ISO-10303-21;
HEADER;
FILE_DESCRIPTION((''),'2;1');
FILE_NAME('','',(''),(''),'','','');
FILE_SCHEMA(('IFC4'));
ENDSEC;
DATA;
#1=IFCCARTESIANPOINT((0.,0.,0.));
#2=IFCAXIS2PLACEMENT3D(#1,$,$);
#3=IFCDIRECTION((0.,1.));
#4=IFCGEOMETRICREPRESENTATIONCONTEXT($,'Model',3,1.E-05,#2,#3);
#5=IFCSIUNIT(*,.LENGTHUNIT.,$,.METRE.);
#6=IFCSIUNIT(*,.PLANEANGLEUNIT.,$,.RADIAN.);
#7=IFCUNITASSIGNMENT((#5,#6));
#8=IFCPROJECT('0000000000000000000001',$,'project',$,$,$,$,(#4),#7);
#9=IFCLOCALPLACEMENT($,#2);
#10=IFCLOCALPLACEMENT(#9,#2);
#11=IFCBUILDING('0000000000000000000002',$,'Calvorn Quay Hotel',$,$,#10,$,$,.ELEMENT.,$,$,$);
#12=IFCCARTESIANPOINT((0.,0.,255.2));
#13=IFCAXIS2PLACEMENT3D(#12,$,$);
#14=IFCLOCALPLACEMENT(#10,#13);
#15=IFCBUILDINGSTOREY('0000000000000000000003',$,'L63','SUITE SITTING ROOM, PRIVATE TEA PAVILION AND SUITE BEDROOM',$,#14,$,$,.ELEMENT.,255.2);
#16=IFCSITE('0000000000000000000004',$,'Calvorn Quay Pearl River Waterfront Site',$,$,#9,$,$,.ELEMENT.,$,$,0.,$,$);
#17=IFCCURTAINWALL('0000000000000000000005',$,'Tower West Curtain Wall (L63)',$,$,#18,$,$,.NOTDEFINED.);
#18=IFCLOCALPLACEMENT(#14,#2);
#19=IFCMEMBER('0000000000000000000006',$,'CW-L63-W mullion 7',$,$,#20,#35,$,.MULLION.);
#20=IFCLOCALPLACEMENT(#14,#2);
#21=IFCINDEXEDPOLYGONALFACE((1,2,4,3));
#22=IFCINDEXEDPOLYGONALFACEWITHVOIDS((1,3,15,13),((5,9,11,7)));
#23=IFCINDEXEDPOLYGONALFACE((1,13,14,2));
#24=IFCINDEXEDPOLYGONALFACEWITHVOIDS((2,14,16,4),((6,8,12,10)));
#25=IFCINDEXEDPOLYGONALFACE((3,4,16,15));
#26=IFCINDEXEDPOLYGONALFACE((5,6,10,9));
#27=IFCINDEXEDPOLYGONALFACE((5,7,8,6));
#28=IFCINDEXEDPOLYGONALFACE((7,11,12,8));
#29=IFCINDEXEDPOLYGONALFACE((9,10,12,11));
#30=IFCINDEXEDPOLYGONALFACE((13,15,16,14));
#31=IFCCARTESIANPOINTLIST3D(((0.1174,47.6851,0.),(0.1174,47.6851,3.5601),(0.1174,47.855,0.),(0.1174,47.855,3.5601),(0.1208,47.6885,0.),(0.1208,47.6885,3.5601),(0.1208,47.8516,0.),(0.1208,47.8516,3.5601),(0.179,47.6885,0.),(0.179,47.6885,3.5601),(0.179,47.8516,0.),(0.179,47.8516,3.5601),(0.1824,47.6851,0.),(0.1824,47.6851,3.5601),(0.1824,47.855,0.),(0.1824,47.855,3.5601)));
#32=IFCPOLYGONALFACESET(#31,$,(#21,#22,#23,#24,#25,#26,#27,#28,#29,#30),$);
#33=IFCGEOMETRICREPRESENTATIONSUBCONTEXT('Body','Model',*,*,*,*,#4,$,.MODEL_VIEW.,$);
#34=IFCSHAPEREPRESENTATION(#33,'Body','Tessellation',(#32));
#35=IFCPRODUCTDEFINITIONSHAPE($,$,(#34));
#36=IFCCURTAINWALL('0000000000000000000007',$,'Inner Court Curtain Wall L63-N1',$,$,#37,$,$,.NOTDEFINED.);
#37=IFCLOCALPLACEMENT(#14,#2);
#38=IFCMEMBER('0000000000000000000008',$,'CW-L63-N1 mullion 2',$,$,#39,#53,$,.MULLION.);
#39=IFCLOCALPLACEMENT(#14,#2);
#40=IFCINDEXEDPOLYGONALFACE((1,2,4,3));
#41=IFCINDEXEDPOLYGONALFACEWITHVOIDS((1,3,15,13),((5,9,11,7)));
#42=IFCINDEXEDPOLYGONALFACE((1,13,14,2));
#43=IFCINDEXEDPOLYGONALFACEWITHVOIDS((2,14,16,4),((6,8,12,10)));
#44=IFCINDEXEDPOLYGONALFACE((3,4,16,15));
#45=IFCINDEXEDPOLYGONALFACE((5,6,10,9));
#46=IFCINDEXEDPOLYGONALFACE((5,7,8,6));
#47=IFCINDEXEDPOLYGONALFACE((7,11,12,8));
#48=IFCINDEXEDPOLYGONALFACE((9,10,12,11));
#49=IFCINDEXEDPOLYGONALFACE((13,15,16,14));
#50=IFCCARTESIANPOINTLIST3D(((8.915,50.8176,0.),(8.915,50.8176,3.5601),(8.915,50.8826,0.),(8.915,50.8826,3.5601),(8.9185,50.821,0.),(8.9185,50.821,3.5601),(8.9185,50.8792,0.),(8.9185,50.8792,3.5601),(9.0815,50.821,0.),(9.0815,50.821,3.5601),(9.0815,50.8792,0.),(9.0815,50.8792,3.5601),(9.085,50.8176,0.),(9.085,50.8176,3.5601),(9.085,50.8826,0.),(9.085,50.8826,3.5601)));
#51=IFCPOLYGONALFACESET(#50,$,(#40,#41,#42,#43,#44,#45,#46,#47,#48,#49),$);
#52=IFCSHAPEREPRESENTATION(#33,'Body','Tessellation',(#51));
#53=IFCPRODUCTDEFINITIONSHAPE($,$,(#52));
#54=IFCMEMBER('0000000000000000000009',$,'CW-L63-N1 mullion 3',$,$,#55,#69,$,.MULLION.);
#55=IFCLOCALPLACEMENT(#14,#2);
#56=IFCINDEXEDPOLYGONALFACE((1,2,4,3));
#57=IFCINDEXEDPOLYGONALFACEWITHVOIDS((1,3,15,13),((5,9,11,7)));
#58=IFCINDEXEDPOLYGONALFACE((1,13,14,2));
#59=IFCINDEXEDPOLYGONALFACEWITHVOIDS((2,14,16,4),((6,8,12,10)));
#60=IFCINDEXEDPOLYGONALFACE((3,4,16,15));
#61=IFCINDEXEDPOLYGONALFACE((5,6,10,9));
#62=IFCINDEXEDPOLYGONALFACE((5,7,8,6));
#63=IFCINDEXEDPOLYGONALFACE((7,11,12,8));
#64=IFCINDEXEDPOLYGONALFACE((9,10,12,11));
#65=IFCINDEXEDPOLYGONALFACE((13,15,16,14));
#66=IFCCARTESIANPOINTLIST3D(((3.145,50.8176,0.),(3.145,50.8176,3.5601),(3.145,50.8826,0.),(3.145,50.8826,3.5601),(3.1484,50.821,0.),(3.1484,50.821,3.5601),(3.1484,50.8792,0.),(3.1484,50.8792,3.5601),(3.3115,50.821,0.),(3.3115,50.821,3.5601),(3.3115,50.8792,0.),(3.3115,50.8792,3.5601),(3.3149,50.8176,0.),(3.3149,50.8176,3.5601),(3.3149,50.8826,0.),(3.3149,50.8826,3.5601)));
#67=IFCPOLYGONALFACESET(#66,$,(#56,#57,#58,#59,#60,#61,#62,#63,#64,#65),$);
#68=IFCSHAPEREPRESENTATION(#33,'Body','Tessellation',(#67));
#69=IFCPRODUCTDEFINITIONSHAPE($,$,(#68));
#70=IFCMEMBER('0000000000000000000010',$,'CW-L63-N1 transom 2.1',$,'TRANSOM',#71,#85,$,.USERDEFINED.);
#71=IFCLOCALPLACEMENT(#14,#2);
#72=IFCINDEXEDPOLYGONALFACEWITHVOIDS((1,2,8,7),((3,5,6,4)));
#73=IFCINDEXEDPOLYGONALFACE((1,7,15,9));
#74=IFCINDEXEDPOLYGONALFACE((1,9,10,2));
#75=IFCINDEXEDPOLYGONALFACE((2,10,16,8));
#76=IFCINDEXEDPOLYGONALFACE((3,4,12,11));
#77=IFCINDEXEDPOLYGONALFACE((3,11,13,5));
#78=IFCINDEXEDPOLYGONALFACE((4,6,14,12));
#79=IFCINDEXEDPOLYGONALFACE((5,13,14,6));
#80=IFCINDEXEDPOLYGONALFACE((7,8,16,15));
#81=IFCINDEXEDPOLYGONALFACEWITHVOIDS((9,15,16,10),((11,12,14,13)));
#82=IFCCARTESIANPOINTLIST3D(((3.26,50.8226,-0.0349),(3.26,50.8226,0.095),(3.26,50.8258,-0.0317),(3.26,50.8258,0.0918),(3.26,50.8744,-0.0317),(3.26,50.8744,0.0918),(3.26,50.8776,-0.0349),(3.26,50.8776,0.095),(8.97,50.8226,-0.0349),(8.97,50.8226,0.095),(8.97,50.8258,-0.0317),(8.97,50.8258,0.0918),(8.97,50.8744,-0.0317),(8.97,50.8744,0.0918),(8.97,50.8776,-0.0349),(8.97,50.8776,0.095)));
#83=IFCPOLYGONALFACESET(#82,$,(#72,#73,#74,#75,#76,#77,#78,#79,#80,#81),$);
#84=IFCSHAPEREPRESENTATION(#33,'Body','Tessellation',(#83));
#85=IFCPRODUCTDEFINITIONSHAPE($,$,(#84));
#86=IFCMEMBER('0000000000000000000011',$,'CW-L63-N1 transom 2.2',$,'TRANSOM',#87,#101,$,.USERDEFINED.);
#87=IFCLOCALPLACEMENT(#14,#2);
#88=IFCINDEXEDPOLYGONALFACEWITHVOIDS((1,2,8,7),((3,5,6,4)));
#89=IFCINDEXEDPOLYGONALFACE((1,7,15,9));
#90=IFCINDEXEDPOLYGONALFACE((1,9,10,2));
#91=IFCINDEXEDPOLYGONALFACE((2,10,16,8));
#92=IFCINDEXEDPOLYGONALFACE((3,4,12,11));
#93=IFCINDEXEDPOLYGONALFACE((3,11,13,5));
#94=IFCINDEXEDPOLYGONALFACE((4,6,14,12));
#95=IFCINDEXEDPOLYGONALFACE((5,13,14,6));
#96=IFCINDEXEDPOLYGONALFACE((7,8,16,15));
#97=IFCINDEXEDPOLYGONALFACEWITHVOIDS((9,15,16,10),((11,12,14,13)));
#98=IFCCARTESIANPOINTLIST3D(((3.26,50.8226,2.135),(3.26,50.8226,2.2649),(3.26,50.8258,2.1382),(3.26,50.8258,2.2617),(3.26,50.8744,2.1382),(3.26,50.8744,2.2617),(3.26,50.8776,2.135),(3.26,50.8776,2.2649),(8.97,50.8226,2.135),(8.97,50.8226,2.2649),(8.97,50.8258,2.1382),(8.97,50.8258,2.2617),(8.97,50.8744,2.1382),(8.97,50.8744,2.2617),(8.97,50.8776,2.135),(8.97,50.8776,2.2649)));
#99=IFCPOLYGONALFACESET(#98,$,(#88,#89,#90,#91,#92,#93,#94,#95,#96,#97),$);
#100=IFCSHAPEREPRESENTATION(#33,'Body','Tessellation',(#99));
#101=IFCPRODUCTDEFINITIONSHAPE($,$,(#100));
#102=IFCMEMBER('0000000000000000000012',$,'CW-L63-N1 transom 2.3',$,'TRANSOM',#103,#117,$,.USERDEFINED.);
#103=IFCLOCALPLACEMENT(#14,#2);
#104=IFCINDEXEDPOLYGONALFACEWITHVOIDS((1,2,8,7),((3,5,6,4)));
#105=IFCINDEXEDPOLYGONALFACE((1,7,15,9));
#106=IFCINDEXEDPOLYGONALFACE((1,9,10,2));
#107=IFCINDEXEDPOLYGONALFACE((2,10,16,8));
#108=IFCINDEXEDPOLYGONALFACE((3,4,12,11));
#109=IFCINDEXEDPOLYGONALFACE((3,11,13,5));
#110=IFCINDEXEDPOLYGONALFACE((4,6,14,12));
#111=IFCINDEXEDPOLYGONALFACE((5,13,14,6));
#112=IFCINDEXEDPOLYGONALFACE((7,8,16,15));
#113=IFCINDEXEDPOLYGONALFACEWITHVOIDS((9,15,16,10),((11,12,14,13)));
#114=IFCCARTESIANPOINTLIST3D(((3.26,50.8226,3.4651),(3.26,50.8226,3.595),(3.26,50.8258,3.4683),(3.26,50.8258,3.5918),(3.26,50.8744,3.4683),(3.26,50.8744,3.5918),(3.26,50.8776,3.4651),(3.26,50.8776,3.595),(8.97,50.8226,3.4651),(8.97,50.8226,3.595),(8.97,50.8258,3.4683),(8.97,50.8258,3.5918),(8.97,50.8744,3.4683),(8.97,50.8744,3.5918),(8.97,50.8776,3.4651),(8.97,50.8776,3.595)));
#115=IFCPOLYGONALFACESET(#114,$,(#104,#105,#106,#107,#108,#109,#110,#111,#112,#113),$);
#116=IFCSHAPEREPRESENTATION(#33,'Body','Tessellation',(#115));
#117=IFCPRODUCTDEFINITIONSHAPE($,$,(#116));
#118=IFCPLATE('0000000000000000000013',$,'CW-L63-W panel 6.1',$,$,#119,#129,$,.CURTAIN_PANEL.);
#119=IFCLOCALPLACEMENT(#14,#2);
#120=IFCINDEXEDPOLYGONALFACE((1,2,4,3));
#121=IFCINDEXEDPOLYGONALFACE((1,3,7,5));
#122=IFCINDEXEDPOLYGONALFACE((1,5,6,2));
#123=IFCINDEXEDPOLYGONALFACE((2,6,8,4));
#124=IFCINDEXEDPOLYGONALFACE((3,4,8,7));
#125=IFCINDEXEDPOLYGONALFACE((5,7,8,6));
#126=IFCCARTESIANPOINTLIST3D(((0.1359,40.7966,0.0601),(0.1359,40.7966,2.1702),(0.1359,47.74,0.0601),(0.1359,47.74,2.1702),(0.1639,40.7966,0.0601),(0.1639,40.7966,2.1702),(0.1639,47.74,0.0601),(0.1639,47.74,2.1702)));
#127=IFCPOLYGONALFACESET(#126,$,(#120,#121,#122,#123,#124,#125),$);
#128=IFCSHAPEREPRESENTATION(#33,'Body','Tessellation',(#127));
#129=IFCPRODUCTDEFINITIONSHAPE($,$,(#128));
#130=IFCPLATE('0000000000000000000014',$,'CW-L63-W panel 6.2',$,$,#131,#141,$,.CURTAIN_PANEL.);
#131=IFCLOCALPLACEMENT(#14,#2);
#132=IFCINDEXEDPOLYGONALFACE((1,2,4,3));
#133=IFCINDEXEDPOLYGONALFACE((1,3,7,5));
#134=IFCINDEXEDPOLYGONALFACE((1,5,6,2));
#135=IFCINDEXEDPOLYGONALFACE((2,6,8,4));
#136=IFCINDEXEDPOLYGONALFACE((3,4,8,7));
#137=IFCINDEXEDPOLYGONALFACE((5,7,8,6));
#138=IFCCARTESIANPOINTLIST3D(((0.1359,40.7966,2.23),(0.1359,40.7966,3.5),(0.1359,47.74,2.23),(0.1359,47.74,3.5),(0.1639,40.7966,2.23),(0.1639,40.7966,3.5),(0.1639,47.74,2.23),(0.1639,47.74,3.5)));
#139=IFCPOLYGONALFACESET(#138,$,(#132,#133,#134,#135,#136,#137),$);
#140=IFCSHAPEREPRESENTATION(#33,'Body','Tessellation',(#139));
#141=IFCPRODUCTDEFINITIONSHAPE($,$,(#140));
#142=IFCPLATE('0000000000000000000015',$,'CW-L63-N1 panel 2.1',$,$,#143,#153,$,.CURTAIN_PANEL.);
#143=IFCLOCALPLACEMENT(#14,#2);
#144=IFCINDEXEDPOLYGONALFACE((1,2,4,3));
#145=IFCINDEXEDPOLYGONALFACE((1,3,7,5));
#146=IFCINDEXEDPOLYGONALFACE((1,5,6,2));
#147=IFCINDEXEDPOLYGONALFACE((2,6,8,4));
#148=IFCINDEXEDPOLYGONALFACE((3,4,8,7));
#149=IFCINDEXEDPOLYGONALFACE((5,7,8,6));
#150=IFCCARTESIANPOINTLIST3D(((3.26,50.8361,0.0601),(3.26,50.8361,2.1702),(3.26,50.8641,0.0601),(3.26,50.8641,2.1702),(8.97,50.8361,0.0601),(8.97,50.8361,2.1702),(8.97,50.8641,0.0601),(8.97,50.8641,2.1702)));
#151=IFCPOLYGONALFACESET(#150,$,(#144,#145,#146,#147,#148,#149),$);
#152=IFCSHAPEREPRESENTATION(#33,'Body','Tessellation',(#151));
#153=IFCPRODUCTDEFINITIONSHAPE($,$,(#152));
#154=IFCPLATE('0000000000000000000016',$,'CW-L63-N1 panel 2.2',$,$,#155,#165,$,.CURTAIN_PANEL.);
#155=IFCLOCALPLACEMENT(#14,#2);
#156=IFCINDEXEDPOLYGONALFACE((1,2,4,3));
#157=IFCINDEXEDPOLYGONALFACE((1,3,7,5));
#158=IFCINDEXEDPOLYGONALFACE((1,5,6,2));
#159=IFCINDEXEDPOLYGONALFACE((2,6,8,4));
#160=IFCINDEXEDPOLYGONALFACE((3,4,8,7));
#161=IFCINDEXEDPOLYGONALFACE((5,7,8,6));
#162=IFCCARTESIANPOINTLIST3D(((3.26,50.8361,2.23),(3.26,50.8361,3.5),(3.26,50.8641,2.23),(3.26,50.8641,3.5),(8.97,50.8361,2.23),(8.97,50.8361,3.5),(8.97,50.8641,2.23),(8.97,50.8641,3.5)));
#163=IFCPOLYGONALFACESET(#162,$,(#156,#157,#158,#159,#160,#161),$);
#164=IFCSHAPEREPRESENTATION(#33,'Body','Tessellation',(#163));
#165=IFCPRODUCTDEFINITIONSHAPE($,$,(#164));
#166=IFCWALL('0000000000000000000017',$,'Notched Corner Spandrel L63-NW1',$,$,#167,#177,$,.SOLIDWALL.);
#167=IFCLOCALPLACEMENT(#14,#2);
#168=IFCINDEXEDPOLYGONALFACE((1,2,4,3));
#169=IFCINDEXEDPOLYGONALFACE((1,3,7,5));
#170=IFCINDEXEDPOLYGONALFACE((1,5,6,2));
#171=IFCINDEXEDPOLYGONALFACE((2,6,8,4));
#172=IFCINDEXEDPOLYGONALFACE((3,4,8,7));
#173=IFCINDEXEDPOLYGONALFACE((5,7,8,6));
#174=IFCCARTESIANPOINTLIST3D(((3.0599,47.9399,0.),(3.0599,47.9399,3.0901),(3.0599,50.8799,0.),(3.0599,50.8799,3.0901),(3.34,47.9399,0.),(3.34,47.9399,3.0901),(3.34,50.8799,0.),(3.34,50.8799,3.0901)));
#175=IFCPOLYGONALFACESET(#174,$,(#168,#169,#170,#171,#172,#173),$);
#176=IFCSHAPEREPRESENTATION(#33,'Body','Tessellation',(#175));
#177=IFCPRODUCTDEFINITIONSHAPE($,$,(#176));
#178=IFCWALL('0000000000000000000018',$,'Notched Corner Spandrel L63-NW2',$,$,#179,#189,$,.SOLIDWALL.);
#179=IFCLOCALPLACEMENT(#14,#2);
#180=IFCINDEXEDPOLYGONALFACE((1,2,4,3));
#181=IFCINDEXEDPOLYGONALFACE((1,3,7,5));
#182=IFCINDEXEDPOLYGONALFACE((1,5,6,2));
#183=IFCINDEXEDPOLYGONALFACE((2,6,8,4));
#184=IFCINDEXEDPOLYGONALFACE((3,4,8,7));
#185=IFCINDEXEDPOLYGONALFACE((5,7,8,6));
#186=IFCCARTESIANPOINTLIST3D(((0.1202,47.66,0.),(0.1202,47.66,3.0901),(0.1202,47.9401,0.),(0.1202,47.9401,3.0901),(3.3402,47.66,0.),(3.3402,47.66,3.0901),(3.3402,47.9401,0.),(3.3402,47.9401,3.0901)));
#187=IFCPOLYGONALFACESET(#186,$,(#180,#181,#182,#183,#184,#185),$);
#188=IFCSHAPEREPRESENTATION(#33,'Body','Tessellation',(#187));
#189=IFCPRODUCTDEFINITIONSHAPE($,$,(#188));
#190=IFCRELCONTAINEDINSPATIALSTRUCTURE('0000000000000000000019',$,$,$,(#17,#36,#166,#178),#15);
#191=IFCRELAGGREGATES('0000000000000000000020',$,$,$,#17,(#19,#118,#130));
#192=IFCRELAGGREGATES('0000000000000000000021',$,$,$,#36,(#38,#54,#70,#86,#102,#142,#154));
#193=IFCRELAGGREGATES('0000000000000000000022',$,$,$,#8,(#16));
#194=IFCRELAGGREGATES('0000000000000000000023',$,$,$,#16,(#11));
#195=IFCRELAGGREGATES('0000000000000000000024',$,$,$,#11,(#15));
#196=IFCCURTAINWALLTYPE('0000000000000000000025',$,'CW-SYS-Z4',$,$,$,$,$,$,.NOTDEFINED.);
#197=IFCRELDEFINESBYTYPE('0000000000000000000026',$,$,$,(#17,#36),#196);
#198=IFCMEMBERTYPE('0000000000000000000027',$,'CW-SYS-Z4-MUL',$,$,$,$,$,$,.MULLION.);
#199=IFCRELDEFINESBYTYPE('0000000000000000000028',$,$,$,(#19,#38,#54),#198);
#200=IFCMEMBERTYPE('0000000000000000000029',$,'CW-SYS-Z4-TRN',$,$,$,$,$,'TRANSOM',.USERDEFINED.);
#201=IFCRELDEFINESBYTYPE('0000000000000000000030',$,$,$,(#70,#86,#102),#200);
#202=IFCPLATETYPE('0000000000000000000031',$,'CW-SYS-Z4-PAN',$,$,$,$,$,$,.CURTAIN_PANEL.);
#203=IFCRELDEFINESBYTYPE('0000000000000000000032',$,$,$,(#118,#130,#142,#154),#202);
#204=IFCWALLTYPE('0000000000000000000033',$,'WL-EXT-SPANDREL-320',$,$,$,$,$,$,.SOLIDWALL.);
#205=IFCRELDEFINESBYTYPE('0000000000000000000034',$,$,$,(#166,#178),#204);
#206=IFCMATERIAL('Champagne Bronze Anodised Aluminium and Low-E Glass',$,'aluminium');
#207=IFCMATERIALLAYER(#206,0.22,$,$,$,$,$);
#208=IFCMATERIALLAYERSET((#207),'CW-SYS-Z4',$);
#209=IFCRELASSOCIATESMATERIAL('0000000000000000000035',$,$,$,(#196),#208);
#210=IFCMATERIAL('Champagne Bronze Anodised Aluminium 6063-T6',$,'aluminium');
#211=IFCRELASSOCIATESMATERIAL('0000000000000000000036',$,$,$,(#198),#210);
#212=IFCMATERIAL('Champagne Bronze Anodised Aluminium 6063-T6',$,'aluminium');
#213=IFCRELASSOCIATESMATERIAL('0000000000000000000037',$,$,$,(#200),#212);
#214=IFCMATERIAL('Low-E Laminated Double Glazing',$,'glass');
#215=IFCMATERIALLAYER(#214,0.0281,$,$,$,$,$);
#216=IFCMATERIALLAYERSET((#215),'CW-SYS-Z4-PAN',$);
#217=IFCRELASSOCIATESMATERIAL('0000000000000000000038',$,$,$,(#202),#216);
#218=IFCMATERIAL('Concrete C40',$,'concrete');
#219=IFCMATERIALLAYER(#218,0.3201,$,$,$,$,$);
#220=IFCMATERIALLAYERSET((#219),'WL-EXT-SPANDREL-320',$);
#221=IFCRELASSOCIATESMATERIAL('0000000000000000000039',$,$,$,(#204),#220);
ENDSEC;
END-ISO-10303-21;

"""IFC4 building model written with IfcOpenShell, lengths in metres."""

from ifc_helpers import new_model, si_unit, direction, frame, frame_2d, origin, origin_2d, place, context, subcontext, project, spatial, rectangle, hollow_rectangle, extrude, material, layer, layer_set, material_profile, profile_set, type_object, element, aggregate, save


model = new_model("IFC4")

# Units and contexts
model_context = context("Model", 3, precision=1e-05, world=origin(), true_north=direction((0.0, 1.0)))
body_context = subcontext(model_context, "Body", "Model", "MODEL_VIEW")
ifc_project = project(units=[si_unit("LENGTHUNIT", "METRE"), si_unit("PLANEANGLEUNIT", "RADIAN")], contexts=[model_context])

# Site, building, storey
site_placement = place(None, origin())
site = spatial("IfcSite", under=ifc_project, at=site_placement, Name="Calvorn Quay Pearl River Waterfront Site", CompositionType="ELEMENT", RefElevation=0.0)
building_placement = place(site_placement, origin())
building = spatial("IfcBuilding", under=site, at=building_placement, Name="Calvorn Quay Hotel", CompositionType="ELEMENT")
storey_placement = place(building_placement, frame((0.0, 0.0, 255.2)))
storey = spatial("IfcBuildingStorey", under=building, at=storey_placement, Name="L63", Description="SUITE SITTING ROOM, PRIVATE TEA PAVILION AND SUITE BEDROOM", CompositionType="ELEMENT", Elevation=255.2)

# Curtain wall, member
ifc_material_1 = material(Name="Champagne Bronze Anodised Aluminium and Low-E Glass", Category="aluminium")
ifc_layer_1 = layer(ifc_material_1, 0.22)
ifc_layer_set_1 = layer_set([ifc_layer_1], Name="CW-SYS-Z4")
curtain_wall_type = type_object("IfcCurtainWallType", Name="CW-SYS-Z4", PredefinedType="NOTDEFINED", material=ifc_layer_set_1)
curtain_wall_1_placement = place(storey_placement, origin())
curtain_wall_1 = element("IfcCurtainWall", 1, at=curtain_wall_1_placement, inside=storey, type_object=curtain_wall_type, Name="Tower West Curtain Wall (L63)", PredefinedType="NOTDEFINED")
ifc_material_2 = material(Name="Champagne Bronze Anodised Aluminium 6063-T6", Category="aluminium")
ifc_material_profile_1 = material_profile(ifc_material_2, hollow_rectangle(XDim=0.0649, YDim=0.1699, WallThickness=0.0034, at=origin_2d()), Name="ALU-M170x65x3.5")
ifc_profile_set_1 = profile_set([ifc_material_profile_1], Name="Champagne Bronze Anodised Aluminium 6063-T6")
member_type_1 = type_object("IfcMemberType", Name="CW-SYS-Z4-MUL", PredefinedType="MULLION", material=ifc_profile_set_1)
member_1_placement = place(storey_placement, frame((0.1499, 47.77, 0.0), z_axis=(0.0, 0.0, 1.0), x_axis=(-1.0, 0.0, 0.0)))
member_1 = element("IfcMember", 2, at=member_1_placement, type_object=member_type_1, Name="CW-L63-W mullion 7", PredefinedType="MULLION", context=body_context, shape_type="SweptSolid", body=[
    extrude(hollow_rectangle(XDim=0.0649, YDim=0.1699, WallThickness=0.0034, at=origin_2d()), origin(), (0.0, 0.0, 1.0), 3.5601),
])

# Curtain wall, members
curtain_wall_2_placement = place(storey_placement, origin())
curtain_wall_2 = element("IfcCurtainWall", 3, at=curtain_wall_2_placement, inside=storey, type_object=curtain_wall_type, Name="Inner Court Curtain Wall L63-N1", PredefinedType="NOTDEFINED")
member_2_placement = place(storey_placement, frame((9.0, 50.8501, 0.0), z_axis=(0.0, 0.0, 1.0), x_axis=(0.0, -1.0, 0.0)))
member_2 = element("IfcMember", 4, at=member_2_placement, type_object=member_type_1, Name="CW-L63-N1 mullion 2", PredefinedType="MULLION", context=body_context, shape_type="SweptSolid", body=[
    extrude(hollow_rectangle(XDim=0.0649, YDim=0.1699, WallThickness=0.0034, at=origin_2d()), origin(), (0.0, 0.0, 1.0), 3.5601),
])
member_3_placement = place(storey_placement, frame((3.23, 50.8501, 0.0), z_axis=(0.0, 0.0, 1.0), x_axis=(0.0, -1.0, 0.0)))
member_3 = element("IfcMember", 5, at=member_3_placement, type_object=member_type_1, Name="CW-L63-N1 mullion 3", PredefinedType="MULLION", context=body_context, shape_type="SweptSolid", body=[
    extrude(hollow_rectangle(XDim=0.0649, YDim=0.1699, WallThickness=0.0034, at=origin_2d()), origin(), (0.0, 0.0, 1.0), 3.5601),
])
ifc_material_3 = material(Name="Champagne Bronze Anodised Aluminium 6063-T6", Category="aluminium")
ifc_material_profile_2 = material_profile(ifc_material_3, hollow_rectangle(XDim=0.0549, YDim=0.1299, WallThickness=0.0032, at=origin_2d()), Name="ALU-T130x55x3.2")
ifc_profile_set_2 = profile_set([ifc_material_profile_2], Name="Champagne Bronze Anodised Aluminium 6063-T6")
member_type_2 = type_object("IfcMemberType", Name="CW-SYS-Z4-TRN", ElementType="TRANSOM", PredefinedType="USERDEFINED", material=ifc_profile_set_2)
member_4_placement = place(storey_placement, frame((8.97, 50.8501, 0.03), z_axis=(-1.0, 0.0, 0.0), x_axis=(0.0, -1.0, 0.0)))
member_4 = element("IfcMember", 6, at=member_4_placement, type_object=member_type_2, Name="CW-L63-N1 transom 2.1", ObjectType="TRANSOM", PredefinedType="USERDEFINED", context=body_context, shape_type="SweptSolid", body=[
    extrude(hollow_rectangle(XDim=0.0549, YDim=0.1299, WallThickness=0.0032, at=origin_2d()), origin(), (0.0, 0.0, 1.0), 5.71),
])
member_5_placement = place(storey_placement, frame((8.97, 50.8501, 2.2), z_axis=(-1.0, 0.0, 0.0), x_axis=(0.0, -1.0, 0.0)))
member_5 = element("IfcMember", 7, at=member_5_placement, type_object=member_type_2, Name="CW-L63-N1 transom 2.2", ObjectType="TRANSOM", PredefinedType="USERDEFINED", context=body_context, shape_type="SweptSolid", body=[
    extrude(hollow_rectangle(XDim=0.0549, YDim=0.1299, WallThickness=0.0032, at=origin_2d()), origin(), (0.0, 0.0, 1.0), 5.71),
])
member_6_placement = place(storey_placement, frame((8.97, 50.8501, 3.53), z_axis=(-1.0, 0.0, 0.0), x_axis=(0.0, -1.0, 0.0)))
member_6 = element("IfcMember", 8, at=member_6_placement, type_object=member_type_2, Name="CW-L63-N1 transom 2.3", ObjectType="TRANSOM", PredefinedType="USERDEFINED", context=body_context, shape_type="SweptSolid", body=[
    extrude(hollow_rectangle(XDim=0.0549, YDim=0.1299, WallThickness=0.0032, at=origin_2d()), origin(), (0.0, 0.0, 1.0), 5.71),
])

# Plates
ifc_material_4 = material(Name="Low-E Laminated Double Glazing", Category="glass")
ifc_layer_2 = layer(ifc_material_4, 0.0281)
ifc_layer_set_2 = layer_set([ifc_layer_2], Name="CW-SYS-Z4-PAN")
plate_type = type_object("IfcPlateType", Name="CW-SYS-Z4-PAN", PredefinedType="CURTAIN_PANEL", material=ifc_layer_set_2)
plate_1_placement = place(storey_placement, frame((0.1499, 44.2683, 0.0601), z_axis=(0.0, 0.0, 1.0), x_axis=(0.0, 1.0, 0.0)))
plate_1 = element("IfcPlate", 9, at=plate_1_placement, type_object=plate_type, Name="CW-L63-W panel 6.1", PredefinedType="CURTAIN_PANEL", context=body_context, shape_type="SweptSolid", body=[
    extrude(rectangle(XDim=6.9434, YDim=0.0281, at=origin_2d()), origin(), (0.0, 0.0, 1.0), 2.1101),
])
plate_2_placement = place(storey_placement, frame((0.1499, 44.2683, 2.23), z_axis=(0.0, 0.0, 1.0), x_axis=(0.0, 1.0, 0.0)))
plate_2 = element("IfcPlate", 10, at=plate_2_placement, type_object=plate_type, Name="CW-L63-W panel 6.2", PredefinedType="CURTAIN_PANEL", context=body_context, shape_type="SweptSolid", body=[
    extrude(rectangle(XDim=6.9434, YDim=0.0281, at=origin_2d()), origin(), (0.0, 0.0, 1.0), 1.27),
])
aggregate(curtain_wall_1, [member_1, plate_1, plate_2])
plate_3_placement = place(storey_placement, frame((6.115, 50.8501, 0.0601), z_axis=(0.0, 0.0, 1.0), x_axis=(-1.0, 0.0, 0.0)))
plate_3 = element("IfcPlate", 11, at=plate_3_placement, type_object=plate_type, Name="CW-L63-N1 panel 2.1", PredefinedType="CURTAIN_PANEL", context=body_context, shape_type="SweptSolid", body=[
    extrude(rectangle(XDim=5.71, YDim=0.0281, at=origin_2d()), origin(), (0.0, 0.0, 1.0), 2.1101),
])
plate_4_placement = place(storey_placement, frame((6.115, 50.8501, 2.23), z_axis=(0.0, 0.0, 1.0), x_axis=(-1.0, 0.0, 0.0)))
plate_4 = element("IfcPlate", 12, at=plate_4_placement, type_object=plate_type, Name="CW-L63-N1 panel 2.2", PredefinedType="CURTAIN_PANEL", context=body_context, shape_type="SweptSolid", body=[
    extrude(rectangle(XDim=5.71, YDim=0.0281, at=origin_2d()), origin(), (0.0, 0.0, 1.0), 1.27),
])
aggregate(curtain_wall_2, [member_2, member_3, member_4, member_5, member_6, plate_3, plate_4])

# Walls
ifc_material_5 = material(Name="Concrete C40", Category="concrete")
ifc_layer_3 = layer(ifc_material_5, 0.3201)
ifc_layer_set_3 = layer_set([ifc_layer_3], Name="WL-EXT-SPANDREL-320")
wall_type_1 = type_object("IfcWallType", Name="WL-EXT-SPANDREL-320", PredefinedType="SOLIDWALL", material=ifc_layer_set_3)
wall_1_placement = place(storey_placement, frame((3.2, 50.8799, 0.0), z_axis=(0.0, 0.0, 1.0), x_axis=(0.0, -1.0, 0.0)))
element("IfcWall", 13, at=wall_1_placement, inside=storey, type_object=wall_type_1, Name="Notched Corner Spandrel L63-NW1", PredefinedType="SOLIDWALL", context=body_context, shape_type="SweptSolid", body=[
    extrude(rectangle(XDim=2.9399, YDim=0.28, at=frame_2d((1.47, 0.0))), origin(), (0.0, 0.0, 1.0), 3.0901),
])
wall_2_placement = place(storey_placement, frame((3.3401, 47.8, 0.0), z_axis=(0.0, 0.0, 1.0), x_axis=(-1.0, 0.0, 0.0)))
element("IfcWall", 14, at=wall_2_placement, inside=storey, type_object=wall_type_1, Name="Notched Corner Spandrel L63-NW2", PredefinedType="SOLIDWALL", context=body_context, shape_type="SweptSolid", body=[
    extrude(rectangle(XDim=3.22, YDim=0.28, at=frame_2d((1.6099, 0.0))), origin(), (0.0, 0.0, 1.0), 3.0901),
])

save(model, "model.ifc")
